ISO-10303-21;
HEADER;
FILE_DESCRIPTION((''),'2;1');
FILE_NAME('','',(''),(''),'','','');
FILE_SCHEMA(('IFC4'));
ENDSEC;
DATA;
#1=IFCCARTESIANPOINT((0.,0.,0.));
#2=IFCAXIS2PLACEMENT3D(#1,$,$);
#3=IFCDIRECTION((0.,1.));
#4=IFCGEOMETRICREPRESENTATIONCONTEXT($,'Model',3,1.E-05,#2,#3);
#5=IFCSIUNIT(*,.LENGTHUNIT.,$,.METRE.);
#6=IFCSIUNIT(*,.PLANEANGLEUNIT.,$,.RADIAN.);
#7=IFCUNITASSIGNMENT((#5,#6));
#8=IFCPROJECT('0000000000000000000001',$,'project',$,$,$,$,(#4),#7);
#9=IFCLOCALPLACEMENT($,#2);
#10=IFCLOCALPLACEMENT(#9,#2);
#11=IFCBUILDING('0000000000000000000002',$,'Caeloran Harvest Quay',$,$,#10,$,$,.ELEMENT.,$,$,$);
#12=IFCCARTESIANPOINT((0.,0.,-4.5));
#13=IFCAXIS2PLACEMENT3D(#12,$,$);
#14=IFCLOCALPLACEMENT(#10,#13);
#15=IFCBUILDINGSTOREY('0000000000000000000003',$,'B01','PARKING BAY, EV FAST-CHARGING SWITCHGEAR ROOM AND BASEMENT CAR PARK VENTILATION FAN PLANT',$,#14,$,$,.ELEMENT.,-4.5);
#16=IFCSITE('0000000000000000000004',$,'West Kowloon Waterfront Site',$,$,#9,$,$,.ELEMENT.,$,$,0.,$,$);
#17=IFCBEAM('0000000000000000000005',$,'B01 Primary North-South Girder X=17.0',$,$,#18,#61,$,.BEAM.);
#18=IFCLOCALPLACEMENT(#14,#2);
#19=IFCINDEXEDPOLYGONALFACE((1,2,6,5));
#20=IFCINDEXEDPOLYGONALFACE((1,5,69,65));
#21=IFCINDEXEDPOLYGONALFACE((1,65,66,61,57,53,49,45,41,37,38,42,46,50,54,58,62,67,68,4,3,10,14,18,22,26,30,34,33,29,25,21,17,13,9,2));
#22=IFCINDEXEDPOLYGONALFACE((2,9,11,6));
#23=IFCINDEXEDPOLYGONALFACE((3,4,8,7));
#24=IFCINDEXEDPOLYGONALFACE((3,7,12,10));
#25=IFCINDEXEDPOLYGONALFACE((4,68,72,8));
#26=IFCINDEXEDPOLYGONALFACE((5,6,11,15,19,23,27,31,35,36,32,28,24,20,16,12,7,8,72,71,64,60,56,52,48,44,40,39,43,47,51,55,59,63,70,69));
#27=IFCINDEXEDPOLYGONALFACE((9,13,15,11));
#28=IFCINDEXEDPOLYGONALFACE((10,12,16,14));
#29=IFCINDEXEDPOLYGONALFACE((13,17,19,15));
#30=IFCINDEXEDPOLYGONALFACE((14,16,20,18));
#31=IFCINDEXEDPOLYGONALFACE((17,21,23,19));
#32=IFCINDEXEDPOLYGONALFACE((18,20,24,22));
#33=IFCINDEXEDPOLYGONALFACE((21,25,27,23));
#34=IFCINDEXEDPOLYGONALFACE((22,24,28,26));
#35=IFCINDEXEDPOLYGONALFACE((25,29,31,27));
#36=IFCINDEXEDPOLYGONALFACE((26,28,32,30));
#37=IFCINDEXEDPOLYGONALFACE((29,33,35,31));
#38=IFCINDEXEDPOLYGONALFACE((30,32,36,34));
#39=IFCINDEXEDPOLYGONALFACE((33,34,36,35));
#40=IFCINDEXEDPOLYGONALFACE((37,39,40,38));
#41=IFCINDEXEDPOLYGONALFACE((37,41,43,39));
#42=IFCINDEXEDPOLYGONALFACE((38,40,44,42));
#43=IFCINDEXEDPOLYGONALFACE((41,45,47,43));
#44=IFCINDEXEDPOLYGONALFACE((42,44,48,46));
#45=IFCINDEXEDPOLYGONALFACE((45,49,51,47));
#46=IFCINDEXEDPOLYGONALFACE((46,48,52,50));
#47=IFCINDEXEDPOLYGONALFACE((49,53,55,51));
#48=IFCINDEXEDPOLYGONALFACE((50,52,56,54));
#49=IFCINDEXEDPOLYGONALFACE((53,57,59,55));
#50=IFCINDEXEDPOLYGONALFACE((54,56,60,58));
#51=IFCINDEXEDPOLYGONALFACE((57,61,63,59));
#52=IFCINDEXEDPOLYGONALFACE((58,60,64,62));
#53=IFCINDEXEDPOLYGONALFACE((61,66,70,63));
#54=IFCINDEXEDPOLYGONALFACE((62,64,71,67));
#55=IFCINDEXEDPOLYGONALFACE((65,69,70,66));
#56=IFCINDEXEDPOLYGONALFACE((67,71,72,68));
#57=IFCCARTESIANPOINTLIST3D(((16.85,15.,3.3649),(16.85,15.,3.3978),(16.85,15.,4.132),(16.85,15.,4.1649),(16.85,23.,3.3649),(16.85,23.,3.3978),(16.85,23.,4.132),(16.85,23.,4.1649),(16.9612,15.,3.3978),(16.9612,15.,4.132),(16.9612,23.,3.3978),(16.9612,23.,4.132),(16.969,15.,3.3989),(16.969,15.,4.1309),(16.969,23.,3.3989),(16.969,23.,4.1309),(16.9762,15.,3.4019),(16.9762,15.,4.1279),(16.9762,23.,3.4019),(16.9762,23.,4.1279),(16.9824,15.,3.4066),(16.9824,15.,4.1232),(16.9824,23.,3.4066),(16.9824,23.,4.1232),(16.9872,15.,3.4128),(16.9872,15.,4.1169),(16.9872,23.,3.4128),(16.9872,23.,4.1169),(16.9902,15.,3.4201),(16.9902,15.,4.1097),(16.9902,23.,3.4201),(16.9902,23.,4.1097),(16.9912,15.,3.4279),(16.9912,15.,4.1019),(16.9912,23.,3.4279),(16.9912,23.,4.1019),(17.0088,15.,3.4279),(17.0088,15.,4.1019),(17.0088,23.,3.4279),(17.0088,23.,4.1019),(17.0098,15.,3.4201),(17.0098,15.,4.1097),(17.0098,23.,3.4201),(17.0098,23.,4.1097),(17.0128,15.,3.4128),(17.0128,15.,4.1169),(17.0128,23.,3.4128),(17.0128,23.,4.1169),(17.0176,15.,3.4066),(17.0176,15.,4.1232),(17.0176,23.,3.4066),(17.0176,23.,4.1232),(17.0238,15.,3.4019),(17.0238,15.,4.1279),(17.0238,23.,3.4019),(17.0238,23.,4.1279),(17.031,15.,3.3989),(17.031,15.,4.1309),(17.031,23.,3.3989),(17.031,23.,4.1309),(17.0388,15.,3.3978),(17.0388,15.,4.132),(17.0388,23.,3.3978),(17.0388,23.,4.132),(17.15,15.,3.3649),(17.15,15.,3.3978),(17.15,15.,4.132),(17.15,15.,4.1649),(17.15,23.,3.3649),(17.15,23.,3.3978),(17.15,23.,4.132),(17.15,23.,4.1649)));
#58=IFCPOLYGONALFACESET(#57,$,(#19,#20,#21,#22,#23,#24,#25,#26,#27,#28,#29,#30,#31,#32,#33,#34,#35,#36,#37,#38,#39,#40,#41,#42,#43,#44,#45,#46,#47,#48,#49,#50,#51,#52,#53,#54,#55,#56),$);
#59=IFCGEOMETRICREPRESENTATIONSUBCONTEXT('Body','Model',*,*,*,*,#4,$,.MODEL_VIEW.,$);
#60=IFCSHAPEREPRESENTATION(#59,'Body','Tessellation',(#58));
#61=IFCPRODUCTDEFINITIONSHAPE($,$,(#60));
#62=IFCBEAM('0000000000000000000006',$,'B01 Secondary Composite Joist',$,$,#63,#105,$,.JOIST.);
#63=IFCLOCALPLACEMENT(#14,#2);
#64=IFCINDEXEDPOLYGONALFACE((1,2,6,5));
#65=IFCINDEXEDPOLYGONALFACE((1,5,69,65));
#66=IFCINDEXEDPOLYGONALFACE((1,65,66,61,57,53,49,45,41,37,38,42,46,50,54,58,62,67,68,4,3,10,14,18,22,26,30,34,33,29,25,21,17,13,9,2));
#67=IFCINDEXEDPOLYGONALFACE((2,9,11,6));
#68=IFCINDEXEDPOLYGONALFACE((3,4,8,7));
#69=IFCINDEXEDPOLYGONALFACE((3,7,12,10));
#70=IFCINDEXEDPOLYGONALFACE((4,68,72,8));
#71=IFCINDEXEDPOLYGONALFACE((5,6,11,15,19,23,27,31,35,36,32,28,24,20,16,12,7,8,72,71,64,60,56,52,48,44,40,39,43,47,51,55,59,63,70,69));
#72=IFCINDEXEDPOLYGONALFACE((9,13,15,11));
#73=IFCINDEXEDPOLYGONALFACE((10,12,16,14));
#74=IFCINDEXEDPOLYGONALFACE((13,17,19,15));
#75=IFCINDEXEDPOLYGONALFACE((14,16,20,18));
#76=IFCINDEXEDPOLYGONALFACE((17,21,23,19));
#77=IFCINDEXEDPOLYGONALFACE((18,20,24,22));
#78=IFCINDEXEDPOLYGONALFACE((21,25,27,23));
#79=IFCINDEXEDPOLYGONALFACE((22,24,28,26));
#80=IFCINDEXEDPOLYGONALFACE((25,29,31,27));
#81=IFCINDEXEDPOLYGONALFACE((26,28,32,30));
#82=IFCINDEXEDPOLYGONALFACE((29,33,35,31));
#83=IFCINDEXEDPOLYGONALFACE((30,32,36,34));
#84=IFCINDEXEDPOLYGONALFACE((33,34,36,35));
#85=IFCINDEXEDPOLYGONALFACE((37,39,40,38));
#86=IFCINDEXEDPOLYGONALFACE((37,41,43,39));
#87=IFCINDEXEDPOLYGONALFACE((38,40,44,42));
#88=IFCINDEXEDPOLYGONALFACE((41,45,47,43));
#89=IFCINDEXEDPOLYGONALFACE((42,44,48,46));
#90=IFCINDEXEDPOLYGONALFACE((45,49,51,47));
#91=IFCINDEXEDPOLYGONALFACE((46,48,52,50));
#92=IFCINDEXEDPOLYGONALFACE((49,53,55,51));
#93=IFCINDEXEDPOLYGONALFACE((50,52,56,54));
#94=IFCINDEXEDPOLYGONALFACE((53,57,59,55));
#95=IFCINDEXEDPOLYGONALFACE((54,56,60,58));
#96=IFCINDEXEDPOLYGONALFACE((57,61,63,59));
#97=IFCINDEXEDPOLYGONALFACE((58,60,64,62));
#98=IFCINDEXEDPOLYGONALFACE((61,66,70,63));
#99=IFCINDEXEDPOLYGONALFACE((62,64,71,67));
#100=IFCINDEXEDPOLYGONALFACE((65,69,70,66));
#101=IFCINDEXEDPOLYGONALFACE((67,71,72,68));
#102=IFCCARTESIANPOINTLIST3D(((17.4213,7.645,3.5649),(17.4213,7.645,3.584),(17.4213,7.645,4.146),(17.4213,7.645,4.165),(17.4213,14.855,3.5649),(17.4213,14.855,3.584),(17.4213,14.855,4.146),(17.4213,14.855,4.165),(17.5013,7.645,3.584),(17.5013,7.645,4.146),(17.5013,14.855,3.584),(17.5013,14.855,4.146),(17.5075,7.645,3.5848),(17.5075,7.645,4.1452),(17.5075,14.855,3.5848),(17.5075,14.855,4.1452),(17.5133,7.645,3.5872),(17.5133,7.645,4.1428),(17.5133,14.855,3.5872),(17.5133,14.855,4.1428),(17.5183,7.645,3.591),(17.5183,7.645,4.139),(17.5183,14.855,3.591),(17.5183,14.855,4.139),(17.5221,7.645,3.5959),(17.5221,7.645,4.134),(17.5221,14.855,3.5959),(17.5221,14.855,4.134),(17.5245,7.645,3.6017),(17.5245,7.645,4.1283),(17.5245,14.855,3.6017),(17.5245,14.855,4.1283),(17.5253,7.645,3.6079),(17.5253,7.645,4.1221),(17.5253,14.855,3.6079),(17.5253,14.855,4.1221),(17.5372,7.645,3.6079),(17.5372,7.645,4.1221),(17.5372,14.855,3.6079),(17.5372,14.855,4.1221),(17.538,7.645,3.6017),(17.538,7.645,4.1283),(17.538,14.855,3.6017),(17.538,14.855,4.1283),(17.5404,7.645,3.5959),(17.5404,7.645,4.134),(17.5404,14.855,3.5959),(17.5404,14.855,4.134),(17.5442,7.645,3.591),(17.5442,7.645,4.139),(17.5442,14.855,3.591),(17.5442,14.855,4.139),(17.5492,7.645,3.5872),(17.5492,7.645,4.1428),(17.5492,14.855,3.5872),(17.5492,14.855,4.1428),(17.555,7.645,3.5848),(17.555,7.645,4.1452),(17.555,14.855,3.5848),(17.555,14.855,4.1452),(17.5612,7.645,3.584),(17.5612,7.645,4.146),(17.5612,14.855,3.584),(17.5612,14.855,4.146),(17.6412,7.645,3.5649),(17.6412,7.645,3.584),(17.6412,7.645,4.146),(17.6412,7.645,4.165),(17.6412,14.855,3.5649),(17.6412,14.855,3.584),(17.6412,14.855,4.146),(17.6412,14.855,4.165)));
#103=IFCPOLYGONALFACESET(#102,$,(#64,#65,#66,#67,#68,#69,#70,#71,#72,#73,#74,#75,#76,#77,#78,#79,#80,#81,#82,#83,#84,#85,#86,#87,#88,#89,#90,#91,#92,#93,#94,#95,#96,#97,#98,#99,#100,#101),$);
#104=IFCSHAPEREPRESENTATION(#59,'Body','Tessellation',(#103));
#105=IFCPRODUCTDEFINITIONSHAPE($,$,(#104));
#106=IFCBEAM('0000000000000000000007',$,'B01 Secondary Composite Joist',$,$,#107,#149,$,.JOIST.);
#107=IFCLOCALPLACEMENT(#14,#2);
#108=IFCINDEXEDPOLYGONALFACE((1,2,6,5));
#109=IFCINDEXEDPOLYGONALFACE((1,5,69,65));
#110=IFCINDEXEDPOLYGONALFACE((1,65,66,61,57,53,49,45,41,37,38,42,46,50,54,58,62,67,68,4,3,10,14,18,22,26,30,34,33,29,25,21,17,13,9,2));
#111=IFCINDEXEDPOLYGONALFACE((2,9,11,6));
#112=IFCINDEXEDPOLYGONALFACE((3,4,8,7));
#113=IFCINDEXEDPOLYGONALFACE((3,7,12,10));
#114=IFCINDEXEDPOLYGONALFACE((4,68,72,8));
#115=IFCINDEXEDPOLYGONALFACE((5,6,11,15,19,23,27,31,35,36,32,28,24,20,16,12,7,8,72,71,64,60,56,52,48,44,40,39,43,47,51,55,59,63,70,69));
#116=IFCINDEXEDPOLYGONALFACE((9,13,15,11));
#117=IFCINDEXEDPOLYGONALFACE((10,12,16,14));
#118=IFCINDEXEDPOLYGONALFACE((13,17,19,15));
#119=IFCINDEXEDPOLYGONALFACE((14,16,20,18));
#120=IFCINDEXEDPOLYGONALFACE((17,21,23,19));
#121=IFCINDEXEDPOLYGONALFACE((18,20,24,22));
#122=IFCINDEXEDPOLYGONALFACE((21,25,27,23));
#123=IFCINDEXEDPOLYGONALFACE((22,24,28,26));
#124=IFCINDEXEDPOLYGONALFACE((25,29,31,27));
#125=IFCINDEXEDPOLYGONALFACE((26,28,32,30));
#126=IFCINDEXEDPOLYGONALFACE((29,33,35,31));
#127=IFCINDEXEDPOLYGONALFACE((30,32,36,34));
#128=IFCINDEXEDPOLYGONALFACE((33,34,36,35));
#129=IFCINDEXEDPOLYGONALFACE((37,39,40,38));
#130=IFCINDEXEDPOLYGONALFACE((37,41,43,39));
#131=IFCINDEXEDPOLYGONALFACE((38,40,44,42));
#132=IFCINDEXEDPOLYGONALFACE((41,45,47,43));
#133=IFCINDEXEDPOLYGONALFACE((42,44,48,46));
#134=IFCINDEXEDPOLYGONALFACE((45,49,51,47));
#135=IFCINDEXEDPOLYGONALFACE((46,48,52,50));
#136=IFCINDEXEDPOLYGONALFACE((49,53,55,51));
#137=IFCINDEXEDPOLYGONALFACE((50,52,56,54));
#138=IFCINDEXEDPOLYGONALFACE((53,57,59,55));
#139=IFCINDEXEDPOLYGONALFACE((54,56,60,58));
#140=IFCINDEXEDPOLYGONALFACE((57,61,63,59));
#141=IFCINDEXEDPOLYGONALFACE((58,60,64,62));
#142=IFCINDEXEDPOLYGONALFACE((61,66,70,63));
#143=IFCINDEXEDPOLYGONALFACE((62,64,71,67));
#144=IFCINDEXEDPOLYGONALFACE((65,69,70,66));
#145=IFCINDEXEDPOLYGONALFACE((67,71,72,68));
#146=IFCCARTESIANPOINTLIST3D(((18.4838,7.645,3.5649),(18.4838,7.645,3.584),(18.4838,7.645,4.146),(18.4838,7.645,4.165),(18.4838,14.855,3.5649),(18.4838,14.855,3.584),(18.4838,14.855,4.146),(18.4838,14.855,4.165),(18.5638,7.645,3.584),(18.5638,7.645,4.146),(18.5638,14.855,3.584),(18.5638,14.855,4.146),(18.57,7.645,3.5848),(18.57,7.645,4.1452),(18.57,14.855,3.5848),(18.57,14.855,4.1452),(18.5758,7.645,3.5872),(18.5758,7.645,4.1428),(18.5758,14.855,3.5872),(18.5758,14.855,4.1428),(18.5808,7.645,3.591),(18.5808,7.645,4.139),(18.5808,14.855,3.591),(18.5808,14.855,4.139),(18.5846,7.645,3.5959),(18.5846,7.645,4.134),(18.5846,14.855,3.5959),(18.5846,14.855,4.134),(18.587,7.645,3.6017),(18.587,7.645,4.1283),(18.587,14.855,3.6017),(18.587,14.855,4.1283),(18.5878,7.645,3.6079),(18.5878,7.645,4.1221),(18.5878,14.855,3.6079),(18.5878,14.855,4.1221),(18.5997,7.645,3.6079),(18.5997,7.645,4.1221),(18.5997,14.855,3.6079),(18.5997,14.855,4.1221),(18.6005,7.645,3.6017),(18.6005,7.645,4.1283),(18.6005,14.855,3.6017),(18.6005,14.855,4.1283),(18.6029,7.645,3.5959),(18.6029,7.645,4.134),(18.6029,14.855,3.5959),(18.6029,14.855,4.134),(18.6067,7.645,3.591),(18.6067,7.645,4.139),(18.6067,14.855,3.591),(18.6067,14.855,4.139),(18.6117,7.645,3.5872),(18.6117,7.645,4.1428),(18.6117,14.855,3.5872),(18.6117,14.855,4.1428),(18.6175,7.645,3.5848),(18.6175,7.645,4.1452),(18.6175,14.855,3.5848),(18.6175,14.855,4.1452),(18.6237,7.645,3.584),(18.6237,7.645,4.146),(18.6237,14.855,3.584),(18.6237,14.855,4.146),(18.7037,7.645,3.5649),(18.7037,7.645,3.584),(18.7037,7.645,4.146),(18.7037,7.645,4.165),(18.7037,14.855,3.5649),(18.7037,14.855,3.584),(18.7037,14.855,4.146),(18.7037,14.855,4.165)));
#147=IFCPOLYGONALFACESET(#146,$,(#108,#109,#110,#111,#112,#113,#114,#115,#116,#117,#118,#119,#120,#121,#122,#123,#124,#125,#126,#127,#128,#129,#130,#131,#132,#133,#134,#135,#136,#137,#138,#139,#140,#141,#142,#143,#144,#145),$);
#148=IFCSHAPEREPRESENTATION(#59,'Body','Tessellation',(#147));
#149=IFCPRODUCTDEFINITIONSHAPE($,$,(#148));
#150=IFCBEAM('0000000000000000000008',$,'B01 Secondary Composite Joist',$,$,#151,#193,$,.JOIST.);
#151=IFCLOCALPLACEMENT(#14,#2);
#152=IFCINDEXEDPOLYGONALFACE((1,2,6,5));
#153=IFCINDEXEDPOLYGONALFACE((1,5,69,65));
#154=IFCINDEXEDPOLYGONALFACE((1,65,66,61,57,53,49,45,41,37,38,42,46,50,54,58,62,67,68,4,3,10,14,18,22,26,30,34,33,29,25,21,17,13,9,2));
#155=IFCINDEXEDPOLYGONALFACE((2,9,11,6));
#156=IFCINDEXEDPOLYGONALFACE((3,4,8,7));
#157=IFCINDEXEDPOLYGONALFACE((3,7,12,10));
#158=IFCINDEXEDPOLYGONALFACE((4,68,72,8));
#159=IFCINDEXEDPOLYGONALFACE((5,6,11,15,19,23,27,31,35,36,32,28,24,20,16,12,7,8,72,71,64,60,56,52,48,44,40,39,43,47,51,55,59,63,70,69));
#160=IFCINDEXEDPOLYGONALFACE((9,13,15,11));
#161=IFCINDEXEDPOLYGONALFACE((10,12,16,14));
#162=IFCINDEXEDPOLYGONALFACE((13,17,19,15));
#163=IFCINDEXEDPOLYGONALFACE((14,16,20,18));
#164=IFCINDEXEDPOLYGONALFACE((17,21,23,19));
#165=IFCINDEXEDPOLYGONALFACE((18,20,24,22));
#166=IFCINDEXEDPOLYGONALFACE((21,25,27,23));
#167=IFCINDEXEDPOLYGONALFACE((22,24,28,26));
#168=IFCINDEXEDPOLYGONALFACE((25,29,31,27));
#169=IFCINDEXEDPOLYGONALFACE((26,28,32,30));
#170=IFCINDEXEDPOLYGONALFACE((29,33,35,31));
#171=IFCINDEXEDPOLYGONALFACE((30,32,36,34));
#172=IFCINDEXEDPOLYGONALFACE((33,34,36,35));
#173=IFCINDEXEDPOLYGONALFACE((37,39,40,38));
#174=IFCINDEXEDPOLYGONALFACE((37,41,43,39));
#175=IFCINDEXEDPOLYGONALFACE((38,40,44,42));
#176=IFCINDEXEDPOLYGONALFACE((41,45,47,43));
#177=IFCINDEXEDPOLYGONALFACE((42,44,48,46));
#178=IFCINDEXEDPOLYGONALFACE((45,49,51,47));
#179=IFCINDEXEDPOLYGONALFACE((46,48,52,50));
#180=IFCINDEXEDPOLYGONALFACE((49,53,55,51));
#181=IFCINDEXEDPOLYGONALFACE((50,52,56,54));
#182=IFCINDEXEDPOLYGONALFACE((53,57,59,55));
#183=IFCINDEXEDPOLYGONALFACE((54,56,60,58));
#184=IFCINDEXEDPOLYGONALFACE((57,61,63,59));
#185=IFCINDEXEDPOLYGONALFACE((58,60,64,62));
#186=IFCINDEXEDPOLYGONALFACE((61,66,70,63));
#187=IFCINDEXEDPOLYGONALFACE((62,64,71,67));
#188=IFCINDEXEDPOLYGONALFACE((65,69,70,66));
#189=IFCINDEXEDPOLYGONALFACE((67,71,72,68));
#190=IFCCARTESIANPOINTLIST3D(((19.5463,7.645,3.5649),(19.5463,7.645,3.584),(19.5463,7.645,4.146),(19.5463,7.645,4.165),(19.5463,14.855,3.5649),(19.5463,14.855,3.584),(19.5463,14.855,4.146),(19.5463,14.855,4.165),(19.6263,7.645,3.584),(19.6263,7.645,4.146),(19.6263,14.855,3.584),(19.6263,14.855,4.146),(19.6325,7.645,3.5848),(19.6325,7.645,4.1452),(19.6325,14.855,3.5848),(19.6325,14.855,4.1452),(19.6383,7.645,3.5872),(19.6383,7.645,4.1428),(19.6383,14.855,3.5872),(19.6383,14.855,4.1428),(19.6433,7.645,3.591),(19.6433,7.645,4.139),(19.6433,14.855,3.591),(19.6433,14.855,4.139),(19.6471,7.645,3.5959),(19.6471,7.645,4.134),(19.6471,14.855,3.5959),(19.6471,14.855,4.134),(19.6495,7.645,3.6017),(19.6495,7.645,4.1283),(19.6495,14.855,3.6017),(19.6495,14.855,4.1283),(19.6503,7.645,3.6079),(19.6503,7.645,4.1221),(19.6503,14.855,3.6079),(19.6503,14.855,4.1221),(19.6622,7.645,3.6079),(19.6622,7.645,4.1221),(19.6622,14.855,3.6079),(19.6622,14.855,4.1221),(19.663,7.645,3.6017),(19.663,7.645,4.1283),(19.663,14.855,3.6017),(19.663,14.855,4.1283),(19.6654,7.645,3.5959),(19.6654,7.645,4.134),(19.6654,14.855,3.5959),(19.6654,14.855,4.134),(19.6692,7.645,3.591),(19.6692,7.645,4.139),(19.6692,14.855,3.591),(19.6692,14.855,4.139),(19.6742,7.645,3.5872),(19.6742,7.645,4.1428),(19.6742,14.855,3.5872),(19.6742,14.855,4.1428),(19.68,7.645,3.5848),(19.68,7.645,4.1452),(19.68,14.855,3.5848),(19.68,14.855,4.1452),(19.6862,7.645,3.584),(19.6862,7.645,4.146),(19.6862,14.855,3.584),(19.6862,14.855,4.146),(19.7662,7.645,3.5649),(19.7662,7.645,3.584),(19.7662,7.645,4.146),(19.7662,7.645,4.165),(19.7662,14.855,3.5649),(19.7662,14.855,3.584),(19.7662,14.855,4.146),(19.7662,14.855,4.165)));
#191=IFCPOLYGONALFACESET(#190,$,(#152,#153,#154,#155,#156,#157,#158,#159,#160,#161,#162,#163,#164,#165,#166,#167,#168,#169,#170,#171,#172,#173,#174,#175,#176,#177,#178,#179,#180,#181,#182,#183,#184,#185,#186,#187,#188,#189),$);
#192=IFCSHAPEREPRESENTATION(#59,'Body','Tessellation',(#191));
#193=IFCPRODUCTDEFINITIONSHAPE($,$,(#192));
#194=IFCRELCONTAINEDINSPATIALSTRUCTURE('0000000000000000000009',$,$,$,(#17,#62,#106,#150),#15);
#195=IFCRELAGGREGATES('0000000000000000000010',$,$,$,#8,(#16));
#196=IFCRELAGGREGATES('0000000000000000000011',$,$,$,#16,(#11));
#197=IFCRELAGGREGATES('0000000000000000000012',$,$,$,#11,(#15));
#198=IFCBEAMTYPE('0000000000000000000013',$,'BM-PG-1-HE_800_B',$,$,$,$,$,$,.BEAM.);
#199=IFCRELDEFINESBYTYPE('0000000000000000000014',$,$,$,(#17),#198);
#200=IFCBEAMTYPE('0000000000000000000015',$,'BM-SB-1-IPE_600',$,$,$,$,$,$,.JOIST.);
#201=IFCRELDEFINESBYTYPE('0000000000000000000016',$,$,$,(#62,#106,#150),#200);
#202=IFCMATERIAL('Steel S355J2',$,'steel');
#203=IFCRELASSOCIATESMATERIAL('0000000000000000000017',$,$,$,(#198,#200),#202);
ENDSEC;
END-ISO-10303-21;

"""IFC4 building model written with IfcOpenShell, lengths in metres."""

from ifc_helpers import new_model, si_unit, direction, frame, origin, origin_2d, place, context, subcontext, project, spatial, i_section, extrude, material, material_profile, profile_set, type_object, element, save


model = new_model("IFC4")

# Units and contexts
model_context = context("Model", 3, precision=1e-05, world=origin(), true_north=direction((0.0, 1.0)))
body_context = subcontext(model_context, "Body", "Model", "MODEL_VIEW")
ifc_project = project(units=[si_unit("LENGTHUNIT", "METRE"), si_unit("PLANEANGLEUNIT", "RADIAN")], contexts=[model_context])

# Site, building, storey
site_placement = place(None, origin())
site = spatial("IfcSite", under=ifc_project, at=site_placement, Name="West Kowloon Waterfront Site", CompositionType="ELEMENT", RefElevation=0.0)
building_placement = place(site_placement, origin())
building = spatial("IfcBuilding", under=site, at=building_placement, Name="Caeloran Harvest Quay", CompositionType="ELEMENT")
storey_placement = place(building_placement, frame((0.0, 0.0, -4.5)))
storey = spatial("IfcBuildingStorey", under=building, at=storey_placement, Name="B01", Description="PARKING BAY, EV FAST-CHARGING SWITCHGEAR ROOM AND BASEMENT CAR PARK VENTILATION FAN PLANT", CompositionType="ELEMENT", Elevation=-4.5)

# Beams
ifc_material_1 = material(Name="Steel S355J2", Category="steel")
ifc_material_profile_1 = material_profile(ifc_material_1, i_section(OverallWidth=0.3, OverallDepth=0.8, WebThickness=0.0176, FlangeThickness=0.033, FilletRadius=0.03, at=origin_2d()), Name="HE 800 B")
ifc_profile_set_1 = profile_set([ifc_material_profile_1], Name="Steel S355J2")
beam_type_1 = type_object("IfcBeamType", Name="BM-PG-1-HE_800_B", PredefinedType="BEAM", material=ifc_profile_set_1)
beam_1_placement = place(storey_placement, frame((17.0, 15.0, 3.7649), z_axis=(0.0, 1.0, 0.0), x_axis=(-1.0, 0.0, 0.0)))
element("IfcBeam", 1, at=beam_1_placement, inside=storey, type_object=beam_type_1, Name="B01 Primary North-South Girder X=17.0", PredefinedType="BEAM", context=body_context, shape_type="SweptSolid", body=[
    extrude(i_section(OverallWidth=0.3, OverallDepth=0.8, WebThickness=0.0176, FlangeThickness=0.033, FilletRadius=0.03, at=origin_2d()), origin(), (0.0, 0.0, 1.0), 8.0),
])
ifc_material_profile_2 = material_profile(ifc_material_1, i_section(OverallWidth=0.22, OverallDepth=0.6001, WebThickness=0.012, FlangeThickness=0.019, FilletRadius=0.0239, at=origin_2d()), Name="IPE 600")
ifc_profile_set_2 = profile_set([ifc_material_profile_2], Name="Steel S355J2")
beam_type_2 = type_object("IfcBeamType", Name="BM-SB-1-IPE_600", PredefinedType="JOIST", material=ifc_profile_set_2)
for number, where, z_axis, x_axis, name in (
    (2, (17.5312, 7.645, 3.865), (0.0, 1.0, 0.0), (-1.0, 0.0, 0.0), "B01 Secondary Composite Joist"),
    (3, (18.5938, 7.645, 3.865), (0.0, 1.0, 0.0), (-1.0, 0.0, 0.0), "B01 Secondary Composite Joist"),
    (4, (19.6562, 7.645, 3.865), (0.0, 1.0, 0.0), (-1.0, 0.0, 0.0), "B01 Secondary Composite Joist"),
):
    element("IfcBeam", number, at=place(storey_placement, frame(where, z_axis=z_axis, x_axis=x_axis)), inside=storey, type_object=beam_type_2, Name=name, PredefinedType="JOIST", context=body_context, shape_type="SweptSolid", body=[
        extrude(i_section(OverallWidth=0.22, OverallDepth=0.6001, WebThickness=0.012, FlangeThickness=0.019, FilletRadius=0.0239, at=origin_2d()), origin(), (0.0, 0.0, 1.0), 7.21),
    ])

save(model, "model.ifc")
